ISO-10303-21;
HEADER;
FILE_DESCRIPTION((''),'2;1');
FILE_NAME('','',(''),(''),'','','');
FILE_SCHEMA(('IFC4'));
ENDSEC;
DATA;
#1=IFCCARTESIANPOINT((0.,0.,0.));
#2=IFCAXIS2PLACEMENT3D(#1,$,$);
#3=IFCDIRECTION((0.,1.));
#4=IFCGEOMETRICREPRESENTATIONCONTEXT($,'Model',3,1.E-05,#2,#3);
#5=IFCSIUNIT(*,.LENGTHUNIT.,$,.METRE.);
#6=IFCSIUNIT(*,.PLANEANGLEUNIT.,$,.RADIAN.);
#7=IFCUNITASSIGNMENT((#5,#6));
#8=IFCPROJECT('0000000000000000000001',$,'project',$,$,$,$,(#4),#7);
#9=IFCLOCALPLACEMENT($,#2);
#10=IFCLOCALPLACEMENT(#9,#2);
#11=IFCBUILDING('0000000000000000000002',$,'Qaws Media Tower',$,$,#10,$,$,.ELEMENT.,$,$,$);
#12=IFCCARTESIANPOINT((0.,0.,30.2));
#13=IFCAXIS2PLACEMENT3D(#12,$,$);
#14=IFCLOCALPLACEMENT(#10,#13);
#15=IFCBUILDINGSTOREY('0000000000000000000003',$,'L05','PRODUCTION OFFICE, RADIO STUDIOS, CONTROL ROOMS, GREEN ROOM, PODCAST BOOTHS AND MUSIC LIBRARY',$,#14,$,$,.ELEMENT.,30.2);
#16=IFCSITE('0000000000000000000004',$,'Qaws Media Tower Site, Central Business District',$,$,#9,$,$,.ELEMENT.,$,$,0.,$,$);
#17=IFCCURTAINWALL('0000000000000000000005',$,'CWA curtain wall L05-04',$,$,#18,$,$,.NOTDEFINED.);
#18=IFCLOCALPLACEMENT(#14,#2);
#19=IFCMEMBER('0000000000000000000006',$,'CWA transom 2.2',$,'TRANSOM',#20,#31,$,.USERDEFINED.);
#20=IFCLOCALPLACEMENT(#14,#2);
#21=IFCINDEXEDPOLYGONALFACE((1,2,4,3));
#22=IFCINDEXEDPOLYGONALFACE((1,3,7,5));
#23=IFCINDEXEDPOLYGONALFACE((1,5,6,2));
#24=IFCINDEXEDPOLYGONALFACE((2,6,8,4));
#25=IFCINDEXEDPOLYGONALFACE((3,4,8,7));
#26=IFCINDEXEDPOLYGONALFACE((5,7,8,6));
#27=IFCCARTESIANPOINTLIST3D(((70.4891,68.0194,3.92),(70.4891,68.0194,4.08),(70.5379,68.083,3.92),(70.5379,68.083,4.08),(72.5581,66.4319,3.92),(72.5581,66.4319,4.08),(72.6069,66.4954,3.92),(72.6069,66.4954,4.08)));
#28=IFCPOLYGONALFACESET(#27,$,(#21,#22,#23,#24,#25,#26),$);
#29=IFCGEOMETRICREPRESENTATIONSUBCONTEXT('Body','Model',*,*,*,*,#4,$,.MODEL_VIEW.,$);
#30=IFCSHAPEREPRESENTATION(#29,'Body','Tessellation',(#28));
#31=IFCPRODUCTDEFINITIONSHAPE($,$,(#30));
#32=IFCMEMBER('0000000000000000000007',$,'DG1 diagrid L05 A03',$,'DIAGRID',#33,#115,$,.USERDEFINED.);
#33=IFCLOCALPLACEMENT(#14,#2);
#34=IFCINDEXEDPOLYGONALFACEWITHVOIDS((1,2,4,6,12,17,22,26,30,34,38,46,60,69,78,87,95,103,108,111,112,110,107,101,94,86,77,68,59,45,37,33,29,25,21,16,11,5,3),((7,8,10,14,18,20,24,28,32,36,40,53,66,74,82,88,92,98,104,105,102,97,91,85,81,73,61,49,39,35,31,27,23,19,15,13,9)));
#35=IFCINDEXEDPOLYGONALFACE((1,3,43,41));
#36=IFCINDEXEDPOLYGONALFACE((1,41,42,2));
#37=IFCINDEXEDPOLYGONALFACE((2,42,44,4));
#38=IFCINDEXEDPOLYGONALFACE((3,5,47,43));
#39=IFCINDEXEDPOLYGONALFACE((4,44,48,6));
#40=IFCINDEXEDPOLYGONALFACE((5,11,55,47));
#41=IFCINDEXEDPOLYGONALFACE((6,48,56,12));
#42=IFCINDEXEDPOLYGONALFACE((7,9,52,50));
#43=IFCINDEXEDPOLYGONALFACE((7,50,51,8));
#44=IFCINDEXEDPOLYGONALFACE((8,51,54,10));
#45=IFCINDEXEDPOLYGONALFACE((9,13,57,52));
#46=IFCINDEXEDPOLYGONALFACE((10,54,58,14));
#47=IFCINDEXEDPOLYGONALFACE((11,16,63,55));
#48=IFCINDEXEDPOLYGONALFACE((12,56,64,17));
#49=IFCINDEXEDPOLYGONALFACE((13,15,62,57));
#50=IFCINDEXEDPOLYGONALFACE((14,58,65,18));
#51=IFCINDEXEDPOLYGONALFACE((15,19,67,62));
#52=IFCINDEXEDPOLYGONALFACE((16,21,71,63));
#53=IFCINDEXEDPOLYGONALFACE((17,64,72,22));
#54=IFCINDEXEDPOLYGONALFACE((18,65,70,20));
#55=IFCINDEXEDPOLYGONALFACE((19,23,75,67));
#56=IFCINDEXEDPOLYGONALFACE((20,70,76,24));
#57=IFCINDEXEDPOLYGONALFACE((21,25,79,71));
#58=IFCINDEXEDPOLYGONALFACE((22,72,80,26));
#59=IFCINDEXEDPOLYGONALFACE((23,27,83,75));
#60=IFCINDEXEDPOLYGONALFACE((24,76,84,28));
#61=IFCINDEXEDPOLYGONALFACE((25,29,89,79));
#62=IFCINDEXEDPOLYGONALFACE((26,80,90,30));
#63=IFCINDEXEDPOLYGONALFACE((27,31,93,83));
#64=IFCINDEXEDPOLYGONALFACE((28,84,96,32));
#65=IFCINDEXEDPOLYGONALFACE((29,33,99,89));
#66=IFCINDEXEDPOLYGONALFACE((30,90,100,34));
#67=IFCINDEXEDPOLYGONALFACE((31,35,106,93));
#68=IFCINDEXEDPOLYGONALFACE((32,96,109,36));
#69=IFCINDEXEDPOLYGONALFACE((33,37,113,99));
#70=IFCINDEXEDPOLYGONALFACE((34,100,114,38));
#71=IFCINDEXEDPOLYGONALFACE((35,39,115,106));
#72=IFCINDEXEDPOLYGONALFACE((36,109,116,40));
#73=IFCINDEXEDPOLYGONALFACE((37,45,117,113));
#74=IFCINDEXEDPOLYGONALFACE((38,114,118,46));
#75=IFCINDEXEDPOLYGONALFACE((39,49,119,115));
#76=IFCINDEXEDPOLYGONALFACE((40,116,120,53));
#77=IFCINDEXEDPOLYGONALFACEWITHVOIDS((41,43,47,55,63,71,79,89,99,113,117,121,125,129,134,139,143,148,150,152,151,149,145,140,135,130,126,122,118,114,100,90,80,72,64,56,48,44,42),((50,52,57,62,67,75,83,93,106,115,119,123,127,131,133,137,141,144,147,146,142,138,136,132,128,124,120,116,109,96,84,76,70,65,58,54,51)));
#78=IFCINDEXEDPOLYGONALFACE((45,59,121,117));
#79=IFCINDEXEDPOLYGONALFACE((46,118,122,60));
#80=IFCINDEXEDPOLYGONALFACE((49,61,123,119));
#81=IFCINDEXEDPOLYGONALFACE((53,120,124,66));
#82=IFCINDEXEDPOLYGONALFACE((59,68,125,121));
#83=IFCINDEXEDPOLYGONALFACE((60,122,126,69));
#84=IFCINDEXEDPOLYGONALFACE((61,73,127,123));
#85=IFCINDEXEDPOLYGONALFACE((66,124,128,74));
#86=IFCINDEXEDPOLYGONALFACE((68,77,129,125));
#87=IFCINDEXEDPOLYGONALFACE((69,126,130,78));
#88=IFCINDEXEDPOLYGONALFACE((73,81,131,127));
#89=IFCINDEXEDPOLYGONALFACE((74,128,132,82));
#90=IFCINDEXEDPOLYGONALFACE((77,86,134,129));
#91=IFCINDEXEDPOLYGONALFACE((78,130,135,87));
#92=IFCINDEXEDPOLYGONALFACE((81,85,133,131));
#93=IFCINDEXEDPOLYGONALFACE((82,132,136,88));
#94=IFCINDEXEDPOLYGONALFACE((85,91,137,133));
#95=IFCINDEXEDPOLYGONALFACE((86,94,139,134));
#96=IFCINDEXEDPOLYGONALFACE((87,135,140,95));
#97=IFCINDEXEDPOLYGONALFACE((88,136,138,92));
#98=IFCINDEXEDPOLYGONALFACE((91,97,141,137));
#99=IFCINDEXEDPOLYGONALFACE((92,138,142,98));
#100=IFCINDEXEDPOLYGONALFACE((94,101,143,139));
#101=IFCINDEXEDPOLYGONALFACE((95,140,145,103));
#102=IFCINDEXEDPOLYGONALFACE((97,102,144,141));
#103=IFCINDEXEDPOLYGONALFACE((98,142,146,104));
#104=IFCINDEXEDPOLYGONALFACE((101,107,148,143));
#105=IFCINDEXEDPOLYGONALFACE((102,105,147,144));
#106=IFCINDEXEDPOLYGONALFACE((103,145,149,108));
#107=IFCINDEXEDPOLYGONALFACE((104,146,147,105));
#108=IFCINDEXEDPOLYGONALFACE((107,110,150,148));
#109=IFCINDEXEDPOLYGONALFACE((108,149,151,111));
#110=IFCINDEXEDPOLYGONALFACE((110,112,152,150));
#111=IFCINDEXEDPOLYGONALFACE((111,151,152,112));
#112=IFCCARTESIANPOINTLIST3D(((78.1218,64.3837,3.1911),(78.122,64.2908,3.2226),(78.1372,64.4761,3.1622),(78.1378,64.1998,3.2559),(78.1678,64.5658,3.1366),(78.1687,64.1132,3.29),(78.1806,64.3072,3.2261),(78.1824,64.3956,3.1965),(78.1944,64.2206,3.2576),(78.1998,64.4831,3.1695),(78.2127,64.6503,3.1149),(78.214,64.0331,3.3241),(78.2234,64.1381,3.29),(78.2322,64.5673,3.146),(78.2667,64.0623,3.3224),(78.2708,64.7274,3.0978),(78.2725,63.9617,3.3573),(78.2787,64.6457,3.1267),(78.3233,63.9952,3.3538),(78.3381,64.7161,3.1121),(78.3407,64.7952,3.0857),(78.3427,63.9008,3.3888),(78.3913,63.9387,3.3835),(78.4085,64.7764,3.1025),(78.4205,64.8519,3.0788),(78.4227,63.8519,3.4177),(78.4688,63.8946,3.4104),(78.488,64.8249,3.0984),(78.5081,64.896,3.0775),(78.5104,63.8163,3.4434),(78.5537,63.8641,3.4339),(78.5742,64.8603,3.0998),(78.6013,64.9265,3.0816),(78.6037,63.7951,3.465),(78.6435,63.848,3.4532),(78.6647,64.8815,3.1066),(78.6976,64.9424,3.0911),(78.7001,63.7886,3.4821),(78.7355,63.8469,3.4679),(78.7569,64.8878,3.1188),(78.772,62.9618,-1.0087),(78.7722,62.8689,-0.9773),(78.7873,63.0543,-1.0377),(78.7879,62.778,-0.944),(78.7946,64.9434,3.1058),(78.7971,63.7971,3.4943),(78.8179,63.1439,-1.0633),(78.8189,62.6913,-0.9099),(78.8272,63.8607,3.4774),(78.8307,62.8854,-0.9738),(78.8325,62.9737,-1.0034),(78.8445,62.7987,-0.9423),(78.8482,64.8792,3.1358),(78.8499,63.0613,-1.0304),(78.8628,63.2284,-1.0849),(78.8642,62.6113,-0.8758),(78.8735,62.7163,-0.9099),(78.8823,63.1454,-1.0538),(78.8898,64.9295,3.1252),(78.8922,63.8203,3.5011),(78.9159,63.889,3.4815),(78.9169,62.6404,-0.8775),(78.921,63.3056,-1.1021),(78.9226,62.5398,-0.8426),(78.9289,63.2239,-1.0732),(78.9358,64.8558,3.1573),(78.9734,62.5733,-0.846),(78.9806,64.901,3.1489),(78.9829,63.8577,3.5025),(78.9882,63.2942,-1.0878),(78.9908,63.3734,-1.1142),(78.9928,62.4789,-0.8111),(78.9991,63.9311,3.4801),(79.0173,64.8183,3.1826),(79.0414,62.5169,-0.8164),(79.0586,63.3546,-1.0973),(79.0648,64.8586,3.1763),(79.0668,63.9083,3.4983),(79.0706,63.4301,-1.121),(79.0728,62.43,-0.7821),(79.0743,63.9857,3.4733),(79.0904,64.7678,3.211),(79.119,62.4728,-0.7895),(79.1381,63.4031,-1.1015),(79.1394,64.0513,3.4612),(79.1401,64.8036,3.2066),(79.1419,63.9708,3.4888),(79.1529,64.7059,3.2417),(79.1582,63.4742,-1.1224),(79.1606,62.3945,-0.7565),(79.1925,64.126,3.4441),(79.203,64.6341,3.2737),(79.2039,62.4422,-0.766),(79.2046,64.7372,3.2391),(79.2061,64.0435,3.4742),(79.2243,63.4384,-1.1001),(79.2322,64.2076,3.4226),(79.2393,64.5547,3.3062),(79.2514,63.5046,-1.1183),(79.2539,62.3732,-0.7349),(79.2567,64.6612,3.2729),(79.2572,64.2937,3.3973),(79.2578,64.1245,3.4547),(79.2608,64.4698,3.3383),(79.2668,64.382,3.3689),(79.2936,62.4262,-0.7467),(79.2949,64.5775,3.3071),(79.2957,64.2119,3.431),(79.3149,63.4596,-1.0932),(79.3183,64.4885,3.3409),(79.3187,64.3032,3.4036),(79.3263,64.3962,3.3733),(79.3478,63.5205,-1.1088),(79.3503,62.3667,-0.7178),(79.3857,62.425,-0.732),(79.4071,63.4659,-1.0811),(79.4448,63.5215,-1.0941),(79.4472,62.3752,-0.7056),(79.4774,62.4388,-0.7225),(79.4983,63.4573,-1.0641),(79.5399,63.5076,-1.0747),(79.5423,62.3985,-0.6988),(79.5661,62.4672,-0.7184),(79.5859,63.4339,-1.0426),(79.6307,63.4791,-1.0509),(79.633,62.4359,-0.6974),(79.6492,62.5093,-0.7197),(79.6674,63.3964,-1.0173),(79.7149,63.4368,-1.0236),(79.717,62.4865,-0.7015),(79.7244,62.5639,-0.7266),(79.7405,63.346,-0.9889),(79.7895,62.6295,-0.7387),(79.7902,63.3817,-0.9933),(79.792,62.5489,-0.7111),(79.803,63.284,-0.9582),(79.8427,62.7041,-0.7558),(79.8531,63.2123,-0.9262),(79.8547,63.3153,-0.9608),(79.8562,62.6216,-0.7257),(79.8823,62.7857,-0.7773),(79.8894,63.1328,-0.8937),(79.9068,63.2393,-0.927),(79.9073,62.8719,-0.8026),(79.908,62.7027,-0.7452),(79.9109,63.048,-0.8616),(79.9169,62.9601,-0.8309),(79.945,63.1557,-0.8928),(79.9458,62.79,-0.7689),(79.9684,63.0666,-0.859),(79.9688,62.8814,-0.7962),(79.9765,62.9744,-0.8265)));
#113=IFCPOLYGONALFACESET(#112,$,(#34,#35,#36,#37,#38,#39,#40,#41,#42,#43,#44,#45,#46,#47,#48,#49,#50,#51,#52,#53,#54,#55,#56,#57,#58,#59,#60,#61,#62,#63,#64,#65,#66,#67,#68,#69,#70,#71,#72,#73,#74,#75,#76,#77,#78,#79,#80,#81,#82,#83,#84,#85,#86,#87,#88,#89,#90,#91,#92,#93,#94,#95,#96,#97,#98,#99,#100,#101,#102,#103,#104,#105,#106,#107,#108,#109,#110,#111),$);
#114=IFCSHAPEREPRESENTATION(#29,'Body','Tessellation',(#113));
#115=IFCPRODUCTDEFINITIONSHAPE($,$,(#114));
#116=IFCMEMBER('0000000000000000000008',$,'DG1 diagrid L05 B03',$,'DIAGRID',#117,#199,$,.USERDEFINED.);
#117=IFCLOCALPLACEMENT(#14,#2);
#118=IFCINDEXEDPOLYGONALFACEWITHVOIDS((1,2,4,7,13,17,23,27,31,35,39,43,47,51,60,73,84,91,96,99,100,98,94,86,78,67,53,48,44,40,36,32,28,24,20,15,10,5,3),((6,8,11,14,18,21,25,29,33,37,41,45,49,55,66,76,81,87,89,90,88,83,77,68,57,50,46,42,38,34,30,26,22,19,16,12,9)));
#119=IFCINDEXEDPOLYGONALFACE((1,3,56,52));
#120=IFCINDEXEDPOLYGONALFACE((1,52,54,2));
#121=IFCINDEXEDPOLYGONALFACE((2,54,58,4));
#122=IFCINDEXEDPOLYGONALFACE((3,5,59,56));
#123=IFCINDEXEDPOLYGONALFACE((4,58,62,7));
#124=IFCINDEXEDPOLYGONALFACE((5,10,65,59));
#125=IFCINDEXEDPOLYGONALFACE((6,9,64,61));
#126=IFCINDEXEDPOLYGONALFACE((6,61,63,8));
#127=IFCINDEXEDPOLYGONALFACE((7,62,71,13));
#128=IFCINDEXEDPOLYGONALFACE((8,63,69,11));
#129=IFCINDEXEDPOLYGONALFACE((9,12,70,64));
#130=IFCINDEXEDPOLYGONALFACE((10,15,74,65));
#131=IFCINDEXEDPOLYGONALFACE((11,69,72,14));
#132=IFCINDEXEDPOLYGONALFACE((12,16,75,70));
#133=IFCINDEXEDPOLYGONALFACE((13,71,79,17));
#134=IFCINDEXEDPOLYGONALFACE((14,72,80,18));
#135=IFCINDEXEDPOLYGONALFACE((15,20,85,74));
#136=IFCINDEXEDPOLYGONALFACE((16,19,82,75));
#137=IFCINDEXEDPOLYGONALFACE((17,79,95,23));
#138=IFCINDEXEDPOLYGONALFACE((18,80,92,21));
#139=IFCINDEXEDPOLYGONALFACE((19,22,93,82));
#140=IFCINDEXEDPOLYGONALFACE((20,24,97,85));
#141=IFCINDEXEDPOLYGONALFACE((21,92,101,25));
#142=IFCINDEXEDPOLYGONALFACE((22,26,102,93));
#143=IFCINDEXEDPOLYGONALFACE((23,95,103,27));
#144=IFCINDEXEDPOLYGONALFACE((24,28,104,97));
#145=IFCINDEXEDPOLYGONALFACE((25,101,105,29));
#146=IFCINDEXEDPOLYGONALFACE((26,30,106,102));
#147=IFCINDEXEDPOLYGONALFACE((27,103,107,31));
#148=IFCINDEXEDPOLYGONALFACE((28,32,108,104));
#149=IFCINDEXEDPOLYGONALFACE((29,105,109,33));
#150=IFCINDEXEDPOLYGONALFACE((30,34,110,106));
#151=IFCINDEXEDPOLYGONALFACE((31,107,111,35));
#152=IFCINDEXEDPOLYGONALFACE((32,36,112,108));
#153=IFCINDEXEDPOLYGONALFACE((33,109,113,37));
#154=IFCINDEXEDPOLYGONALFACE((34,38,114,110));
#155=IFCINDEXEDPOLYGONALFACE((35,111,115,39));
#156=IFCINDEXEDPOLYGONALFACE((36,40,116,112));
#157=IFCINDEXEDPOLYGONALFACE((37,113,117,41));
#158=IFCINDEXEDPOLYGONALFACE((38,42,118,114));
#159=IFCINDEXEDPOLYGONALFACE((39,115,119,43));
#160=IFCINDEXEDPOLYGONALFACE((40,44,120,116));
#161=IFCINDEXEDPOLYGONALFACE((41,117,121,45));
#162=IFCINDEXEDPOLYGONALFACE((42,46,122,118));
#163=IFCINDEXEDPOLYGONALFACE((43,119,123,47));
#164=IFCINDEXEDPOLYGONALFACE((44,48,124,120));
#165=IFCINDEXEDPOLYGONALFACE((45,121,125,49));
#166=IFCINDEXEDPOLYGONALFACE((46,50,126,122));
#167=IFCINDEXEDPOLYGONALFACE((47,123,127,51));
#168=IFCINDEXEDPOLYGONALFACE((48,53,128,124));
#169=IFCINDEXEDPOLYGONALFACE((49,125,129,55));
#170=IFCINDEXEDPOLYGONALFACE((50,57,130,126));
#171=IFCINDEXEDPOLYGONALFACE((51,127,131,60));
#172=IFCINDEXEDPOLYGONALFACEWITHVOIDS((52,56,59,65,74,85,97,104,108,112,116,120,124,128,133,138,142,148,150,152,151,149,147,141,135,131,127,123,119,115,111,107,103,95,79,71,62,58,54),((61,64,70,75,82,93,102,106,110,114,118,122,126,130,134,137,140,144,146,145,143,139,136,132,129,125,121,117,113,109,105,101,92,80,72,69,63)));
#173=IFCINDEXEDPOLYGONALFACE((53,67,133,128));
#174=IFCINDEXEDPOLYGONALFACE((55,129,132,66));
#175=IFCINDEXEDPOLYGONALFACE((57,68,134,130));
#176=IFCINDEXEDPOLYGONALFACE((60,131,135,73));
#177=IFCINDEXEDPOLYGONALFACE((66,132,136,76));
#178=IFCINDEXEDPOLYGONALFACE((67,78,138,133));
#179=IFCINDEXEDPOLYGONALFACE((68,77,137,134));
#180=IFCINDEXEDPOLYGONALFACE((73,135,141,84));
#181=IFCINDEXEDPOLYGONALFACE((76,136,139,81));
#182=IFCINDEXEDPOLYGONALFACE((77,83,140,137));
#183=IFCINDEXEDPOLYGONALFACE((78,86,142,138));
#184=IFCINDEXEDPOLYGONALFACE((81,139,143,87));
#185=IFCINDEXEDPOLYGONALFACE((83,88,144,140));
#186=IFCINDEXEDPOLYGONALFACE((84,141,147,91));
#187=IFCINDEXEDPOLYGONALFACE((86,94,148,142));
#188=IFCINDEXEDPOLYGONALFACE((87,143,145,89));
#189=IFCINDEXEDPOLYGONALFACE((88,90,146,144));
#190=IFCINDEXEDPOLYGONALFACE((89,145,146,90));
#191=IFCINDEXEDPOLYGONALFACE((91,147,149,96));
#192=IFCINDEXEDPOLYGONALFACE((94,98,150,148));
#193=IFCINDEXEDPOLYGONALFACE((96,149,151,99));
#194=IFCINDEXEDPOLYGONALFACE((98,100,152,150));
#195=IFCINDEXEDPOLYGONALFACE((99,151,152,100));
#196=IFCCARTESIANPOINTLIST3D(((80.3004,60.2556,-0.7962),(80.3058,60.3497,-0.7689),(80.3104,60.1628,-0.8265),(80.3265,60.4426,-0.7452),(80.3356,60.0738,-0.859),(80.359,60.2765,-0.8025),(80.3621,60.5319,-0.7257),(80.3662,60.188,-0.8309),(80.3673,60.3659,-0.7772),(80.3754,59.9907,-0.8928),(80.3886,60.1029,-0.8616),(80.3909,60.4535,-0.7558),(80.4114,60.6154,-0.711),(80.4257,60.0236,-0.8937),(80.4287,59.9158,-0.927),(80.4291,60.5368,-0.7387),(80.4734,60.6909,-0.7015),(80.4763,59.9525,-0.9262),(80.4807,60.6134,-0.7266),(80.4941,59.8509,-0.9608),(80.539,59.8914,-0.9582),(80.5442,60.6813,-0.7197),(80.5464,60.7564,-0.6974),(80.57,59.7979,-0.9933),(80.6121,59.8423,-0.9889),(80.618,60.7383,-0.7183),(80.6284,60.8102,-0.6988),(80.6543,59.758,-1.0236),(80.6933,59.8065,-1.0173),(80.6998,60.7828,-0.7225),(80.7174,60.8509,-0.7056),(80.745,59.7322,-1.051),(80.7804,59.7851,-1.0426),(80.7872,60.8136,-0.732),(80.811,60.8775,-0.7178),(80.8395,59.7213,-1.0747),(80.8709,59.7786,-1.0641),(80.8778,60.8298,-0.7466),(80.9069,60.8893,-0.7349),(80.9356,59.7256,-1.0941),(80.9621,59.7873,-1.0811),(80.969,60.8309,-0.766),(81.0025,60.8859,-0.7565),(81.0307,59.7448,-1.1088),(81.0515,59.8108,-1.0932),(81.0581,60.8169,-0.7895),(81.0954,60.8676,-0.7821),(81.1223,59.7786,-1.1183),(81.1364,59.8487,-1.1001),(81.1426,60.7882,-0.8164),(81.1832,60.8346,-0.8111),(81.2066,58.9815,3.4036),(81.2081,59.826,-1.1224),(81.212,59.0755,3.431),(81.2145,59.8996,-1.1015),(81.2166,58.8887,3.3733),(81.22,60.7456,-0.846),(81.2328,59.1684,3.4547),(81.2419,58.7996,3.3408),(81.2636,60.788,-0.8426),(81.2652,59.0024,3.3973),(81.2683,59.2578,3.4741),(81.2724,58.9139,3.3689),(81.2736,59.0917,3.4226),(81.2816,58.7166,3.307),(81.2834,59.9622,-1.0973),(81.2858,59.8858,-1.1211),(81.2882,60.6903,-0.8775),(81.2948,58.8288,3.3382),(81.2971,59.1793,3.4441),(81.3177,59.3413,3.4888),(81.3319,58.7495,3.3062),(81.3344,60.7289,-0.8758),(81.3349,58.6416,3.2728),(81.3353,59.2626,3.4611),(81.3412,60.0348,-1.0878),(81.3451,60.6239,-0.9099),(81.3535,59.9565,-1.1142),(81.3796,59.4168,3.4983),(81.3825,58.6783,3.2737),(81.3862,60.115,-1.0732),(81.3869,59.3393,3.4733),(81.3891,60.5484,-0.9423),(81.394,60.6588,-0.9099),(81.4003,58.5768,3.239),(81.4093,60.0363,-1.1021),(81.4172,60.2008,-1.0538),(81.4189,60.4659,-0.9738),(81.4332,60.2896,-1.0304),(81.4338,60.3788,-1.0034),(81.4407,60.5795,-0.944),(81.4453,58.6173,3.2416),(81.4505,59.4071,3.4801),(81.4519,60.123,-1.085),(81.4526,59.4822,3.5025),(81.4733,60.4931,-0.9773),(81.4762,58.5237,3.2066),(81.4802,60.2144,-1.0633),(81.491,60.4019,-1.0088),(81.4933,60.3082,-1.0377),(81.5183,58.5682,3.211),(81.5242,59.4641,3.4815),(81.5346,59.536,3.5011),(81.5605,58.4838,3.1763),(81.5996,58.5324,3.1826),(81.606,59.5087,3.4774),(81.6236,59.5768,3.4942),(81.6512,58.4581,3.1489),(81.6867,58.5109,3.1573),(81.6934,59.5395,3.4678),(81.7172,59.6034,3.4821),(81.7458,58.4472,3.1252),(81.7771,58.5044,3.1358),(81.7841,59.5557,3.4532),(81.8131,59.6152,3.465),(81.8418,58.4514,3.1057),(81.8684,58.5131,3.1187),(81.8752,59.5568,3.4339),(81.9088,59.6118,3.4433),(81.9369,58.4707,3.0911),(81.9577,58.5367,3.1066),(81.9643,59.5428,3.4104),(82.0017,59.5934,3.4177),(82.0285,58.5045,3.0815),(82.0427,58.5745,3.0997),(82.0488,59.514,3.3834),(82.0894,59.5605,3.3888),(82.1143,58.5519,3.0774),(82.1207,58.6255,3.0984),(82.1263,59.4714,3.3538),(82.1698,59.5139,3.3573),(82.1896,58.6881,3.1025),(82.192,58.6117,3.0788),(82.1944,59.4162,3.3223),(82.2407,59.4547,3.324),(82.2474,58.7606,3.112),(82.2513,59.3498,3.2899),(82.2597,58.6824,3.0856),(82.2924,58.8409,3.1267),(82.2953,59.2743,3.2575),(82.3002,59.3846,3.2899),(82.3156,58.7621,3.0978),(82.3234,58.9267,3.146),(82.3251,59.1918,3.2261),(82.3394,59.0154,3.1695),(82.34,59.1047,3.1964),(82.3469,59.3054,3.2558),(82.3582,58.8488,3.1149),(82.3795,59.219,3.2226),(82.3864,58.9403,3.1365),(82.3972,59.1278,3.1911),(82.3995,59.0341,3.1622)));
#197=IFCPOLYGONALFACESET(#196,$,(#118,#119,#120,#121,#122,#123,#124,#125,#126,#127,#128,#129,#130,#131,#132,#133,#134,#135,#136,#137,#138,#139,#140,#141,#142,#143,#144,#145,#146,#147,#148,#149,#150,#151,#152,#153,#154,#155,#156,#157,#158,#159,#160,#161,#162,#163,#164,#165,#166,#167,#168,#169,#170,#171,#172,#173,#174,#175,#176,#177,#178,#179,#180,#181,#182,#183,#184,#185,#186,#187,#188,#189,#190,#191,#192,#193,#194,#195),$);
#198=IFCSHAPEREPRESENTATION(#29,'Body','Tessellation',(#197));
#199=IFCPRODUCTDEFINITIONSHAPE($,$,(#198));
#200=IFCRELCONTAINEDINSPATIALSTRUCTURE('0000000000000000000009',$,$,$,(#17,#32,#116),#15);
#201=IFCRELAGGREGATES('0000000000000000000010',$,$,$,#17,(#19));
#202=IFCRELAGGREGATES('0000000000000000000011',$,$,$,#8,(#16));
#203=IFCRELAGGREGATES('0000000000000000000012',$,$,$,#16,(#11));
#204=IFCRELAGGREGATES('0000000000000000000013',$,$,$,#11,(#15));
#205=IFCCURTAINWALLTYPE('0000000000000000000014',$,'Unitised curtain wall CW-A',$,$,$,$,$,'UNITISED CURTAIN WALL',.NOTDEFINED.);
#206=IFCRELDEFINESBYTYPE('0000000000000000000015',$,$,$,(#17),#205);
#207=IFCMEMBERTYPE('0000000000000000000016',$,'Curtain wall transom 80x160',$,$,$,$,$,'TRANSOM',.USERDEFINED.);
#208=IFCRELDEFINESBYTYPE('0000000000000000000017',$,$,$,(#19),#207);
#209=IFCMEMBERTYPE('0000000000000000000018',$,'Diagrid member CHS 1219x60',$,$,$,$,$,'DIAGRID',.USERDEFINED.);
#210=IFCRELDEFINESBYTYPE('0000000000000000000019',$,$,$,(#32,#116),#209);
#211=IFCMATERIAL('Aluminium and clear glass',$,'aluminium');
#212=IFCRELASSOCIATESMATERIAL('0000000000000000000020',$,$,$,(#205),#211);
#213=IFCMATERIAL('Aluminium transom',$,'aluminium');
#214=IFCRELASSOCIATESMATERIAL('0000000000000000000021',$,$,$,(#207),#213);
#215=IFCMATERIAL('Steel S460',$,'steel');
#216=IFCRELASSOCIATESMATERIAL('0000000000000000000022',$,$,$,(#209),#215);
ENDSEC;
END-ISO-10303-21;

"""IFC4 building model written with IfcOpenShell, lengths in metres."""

from ifc_helpers import new_model, si_unit, direction, frame, origin, origin_2d, place, context, subcontext, project, spatial, rectangle, hollow_circle, extrude, material, material_profile, profile_set, type_object, element, aggregate, save


model = new_model("IFC4")

# Units and contexts
model_context = context("Model", 3, precision=1e-05, world=origin(), true_north=direction((0.0, 1.0)))
body_context = subcontext(model_context, "Body", "Model", "MODEL_VIEW")
ifc_project = project(units=[si_unit("LENGTHUNIT", "METRE"), si_unit("PLANEANGLEUNIT", "RADIAN")], contexts=[model_context])

# Site, building, storey
site_placement = place(None, origin())
site = spatial("IfcSite", under=ifc_project, at=site_placement, Name="Qaws Media Tower Site, Central Business District", CompositionType="ELEMENT", RefElevation=0.0)
building_placement = place(site_placement, origin())
building = spatial("IfcBuilding", under=site, at=building_placement, Name="Qaws Media Tower", CompositionType="ELEMENT")
storey_placement = place(building_placement, frame((0.0, 0.0, 30.2)))
storey = spatial("IfcBuildingStorey", under=building, at=storey_placement, Name="L05", Description="PRODUCTION OFFICE, RADIO STUDIOS, CONTROL ROOMS, GREEN ROOM, PODCAST BOOTHS AND MUSIC LIBRARY", CompositionType="ELEMENT", Elevation=30.2)

# Shared definitions
ifc_material_1 = material(Name="Aluminium and clear glass", Category="aluminium")
curtain_wall_type = type_object("IfcCurtainWallType", Name="Unitised curtain wall CW-A", ElementType="UNITISED CURTAIN WALL", PredefinedType="NOTDEFINED", material=ifc_material_1)

# Curtain wall
curtain_wall_1_placement = place(storey_placement, origin())
curtain_wall_1 = element("IfcCurtainWall", 1, at=curtain_wall_1_placement, inside=storey, type_object=curtain_wall_type, Name="CWA curtain wall L05-04", PredefinedType="NOTDEFINED")

# Member
ifc_material_2 = material(Name="Aluminium transom", Category="aluminium")
ifc_material_profile_1 = material_profile(ifc_material_2, rectangle(XDim=0.0801, YDim=0.1599, at=origin_2d()), Name="80x160")
ifc_profile_set_1 = profile_set([ifc_material_profile_1], Name="Aluminium transom")
member_type_1 = type_object("IfcMemberType", Name="Curtain wall transom 80x160", ElementType="TRANSOM", PredefinedType="USERDEFINED", material=ifc_profile_set_1)
member_1_placement = place(storey_placement, frame((72.5825, 66.4636, 4.0), z_axis=(-0.793358, 0.608756, 0.0), x_axis=(-0.608756, -0.793358, 0.0)))
member_1 = element("IfcMember", 2, at=member_1_placement, type_object=member_type_1, Name="CWA transom 2.2", ObjectType="TRANSOM", PredefinedType="USERDEFINED", context=body_context, shape_type="SweptSolid", body=[
    extrude(rectangle(XDim=0.0801, YDim=0.1599, at=origin_2d()), origin(), (0.0, 0.0, 1.0), 2.6079),
])

# Members
ifc_material_3 = material(Name="Steel S460", Category="steel")
ifc_material_profile_2 = material_profile(ifc_material_3, hollow_circle(Radius=0.6096, WallThickness=0.0601, at=origin_2d()), Name="CHS 1219x60")
ifc_profile_set_2 = profile_set([ifc_material_profile_2], Name="Steel S460")
member_type_2 = type_object("IfcMemberType", Name="Diagrid member CHS 1219x60", ElementType="DIAGRID", PredefinedType="USERDEFINED", material=ifc_profile_set_2)
for number, where, z_axis, x_axis, name in (
    (3, (79.3733, 62.9448, -0.9099), (-0.145073, 0.317275, 0.937171), (-0.909439, -0.415837, 0.0), "DG1 diagrid L05 A03"),
    (4, (80.8972, 60.3054, -0.9099), (0.202217, -0.284314, 0.937163), (0.814903, 0.579598, 0.0), "DG1 diagrid L05 B03"),
):
    element("IfcMember", number, at=place(storey_placement, frame(where, z_axis=z_axis, x_axis=x_axis)), inside=storey, type_object=member_type_2, Name=name, ObjectType="DIAGRID", PredefinedType="USERDEFINED", context=body_context, shape_type="SweptSolid", body=[
        extrude(hollow_circle(Radius=0.6096, WallThickness=0.0601, at=origin_2d()), origin(), (0.0, 0.0, 1.0), 4.4814),
    ])

aggregate(curtain_wall_1, [member_1])

save(model, "model.ifc")
